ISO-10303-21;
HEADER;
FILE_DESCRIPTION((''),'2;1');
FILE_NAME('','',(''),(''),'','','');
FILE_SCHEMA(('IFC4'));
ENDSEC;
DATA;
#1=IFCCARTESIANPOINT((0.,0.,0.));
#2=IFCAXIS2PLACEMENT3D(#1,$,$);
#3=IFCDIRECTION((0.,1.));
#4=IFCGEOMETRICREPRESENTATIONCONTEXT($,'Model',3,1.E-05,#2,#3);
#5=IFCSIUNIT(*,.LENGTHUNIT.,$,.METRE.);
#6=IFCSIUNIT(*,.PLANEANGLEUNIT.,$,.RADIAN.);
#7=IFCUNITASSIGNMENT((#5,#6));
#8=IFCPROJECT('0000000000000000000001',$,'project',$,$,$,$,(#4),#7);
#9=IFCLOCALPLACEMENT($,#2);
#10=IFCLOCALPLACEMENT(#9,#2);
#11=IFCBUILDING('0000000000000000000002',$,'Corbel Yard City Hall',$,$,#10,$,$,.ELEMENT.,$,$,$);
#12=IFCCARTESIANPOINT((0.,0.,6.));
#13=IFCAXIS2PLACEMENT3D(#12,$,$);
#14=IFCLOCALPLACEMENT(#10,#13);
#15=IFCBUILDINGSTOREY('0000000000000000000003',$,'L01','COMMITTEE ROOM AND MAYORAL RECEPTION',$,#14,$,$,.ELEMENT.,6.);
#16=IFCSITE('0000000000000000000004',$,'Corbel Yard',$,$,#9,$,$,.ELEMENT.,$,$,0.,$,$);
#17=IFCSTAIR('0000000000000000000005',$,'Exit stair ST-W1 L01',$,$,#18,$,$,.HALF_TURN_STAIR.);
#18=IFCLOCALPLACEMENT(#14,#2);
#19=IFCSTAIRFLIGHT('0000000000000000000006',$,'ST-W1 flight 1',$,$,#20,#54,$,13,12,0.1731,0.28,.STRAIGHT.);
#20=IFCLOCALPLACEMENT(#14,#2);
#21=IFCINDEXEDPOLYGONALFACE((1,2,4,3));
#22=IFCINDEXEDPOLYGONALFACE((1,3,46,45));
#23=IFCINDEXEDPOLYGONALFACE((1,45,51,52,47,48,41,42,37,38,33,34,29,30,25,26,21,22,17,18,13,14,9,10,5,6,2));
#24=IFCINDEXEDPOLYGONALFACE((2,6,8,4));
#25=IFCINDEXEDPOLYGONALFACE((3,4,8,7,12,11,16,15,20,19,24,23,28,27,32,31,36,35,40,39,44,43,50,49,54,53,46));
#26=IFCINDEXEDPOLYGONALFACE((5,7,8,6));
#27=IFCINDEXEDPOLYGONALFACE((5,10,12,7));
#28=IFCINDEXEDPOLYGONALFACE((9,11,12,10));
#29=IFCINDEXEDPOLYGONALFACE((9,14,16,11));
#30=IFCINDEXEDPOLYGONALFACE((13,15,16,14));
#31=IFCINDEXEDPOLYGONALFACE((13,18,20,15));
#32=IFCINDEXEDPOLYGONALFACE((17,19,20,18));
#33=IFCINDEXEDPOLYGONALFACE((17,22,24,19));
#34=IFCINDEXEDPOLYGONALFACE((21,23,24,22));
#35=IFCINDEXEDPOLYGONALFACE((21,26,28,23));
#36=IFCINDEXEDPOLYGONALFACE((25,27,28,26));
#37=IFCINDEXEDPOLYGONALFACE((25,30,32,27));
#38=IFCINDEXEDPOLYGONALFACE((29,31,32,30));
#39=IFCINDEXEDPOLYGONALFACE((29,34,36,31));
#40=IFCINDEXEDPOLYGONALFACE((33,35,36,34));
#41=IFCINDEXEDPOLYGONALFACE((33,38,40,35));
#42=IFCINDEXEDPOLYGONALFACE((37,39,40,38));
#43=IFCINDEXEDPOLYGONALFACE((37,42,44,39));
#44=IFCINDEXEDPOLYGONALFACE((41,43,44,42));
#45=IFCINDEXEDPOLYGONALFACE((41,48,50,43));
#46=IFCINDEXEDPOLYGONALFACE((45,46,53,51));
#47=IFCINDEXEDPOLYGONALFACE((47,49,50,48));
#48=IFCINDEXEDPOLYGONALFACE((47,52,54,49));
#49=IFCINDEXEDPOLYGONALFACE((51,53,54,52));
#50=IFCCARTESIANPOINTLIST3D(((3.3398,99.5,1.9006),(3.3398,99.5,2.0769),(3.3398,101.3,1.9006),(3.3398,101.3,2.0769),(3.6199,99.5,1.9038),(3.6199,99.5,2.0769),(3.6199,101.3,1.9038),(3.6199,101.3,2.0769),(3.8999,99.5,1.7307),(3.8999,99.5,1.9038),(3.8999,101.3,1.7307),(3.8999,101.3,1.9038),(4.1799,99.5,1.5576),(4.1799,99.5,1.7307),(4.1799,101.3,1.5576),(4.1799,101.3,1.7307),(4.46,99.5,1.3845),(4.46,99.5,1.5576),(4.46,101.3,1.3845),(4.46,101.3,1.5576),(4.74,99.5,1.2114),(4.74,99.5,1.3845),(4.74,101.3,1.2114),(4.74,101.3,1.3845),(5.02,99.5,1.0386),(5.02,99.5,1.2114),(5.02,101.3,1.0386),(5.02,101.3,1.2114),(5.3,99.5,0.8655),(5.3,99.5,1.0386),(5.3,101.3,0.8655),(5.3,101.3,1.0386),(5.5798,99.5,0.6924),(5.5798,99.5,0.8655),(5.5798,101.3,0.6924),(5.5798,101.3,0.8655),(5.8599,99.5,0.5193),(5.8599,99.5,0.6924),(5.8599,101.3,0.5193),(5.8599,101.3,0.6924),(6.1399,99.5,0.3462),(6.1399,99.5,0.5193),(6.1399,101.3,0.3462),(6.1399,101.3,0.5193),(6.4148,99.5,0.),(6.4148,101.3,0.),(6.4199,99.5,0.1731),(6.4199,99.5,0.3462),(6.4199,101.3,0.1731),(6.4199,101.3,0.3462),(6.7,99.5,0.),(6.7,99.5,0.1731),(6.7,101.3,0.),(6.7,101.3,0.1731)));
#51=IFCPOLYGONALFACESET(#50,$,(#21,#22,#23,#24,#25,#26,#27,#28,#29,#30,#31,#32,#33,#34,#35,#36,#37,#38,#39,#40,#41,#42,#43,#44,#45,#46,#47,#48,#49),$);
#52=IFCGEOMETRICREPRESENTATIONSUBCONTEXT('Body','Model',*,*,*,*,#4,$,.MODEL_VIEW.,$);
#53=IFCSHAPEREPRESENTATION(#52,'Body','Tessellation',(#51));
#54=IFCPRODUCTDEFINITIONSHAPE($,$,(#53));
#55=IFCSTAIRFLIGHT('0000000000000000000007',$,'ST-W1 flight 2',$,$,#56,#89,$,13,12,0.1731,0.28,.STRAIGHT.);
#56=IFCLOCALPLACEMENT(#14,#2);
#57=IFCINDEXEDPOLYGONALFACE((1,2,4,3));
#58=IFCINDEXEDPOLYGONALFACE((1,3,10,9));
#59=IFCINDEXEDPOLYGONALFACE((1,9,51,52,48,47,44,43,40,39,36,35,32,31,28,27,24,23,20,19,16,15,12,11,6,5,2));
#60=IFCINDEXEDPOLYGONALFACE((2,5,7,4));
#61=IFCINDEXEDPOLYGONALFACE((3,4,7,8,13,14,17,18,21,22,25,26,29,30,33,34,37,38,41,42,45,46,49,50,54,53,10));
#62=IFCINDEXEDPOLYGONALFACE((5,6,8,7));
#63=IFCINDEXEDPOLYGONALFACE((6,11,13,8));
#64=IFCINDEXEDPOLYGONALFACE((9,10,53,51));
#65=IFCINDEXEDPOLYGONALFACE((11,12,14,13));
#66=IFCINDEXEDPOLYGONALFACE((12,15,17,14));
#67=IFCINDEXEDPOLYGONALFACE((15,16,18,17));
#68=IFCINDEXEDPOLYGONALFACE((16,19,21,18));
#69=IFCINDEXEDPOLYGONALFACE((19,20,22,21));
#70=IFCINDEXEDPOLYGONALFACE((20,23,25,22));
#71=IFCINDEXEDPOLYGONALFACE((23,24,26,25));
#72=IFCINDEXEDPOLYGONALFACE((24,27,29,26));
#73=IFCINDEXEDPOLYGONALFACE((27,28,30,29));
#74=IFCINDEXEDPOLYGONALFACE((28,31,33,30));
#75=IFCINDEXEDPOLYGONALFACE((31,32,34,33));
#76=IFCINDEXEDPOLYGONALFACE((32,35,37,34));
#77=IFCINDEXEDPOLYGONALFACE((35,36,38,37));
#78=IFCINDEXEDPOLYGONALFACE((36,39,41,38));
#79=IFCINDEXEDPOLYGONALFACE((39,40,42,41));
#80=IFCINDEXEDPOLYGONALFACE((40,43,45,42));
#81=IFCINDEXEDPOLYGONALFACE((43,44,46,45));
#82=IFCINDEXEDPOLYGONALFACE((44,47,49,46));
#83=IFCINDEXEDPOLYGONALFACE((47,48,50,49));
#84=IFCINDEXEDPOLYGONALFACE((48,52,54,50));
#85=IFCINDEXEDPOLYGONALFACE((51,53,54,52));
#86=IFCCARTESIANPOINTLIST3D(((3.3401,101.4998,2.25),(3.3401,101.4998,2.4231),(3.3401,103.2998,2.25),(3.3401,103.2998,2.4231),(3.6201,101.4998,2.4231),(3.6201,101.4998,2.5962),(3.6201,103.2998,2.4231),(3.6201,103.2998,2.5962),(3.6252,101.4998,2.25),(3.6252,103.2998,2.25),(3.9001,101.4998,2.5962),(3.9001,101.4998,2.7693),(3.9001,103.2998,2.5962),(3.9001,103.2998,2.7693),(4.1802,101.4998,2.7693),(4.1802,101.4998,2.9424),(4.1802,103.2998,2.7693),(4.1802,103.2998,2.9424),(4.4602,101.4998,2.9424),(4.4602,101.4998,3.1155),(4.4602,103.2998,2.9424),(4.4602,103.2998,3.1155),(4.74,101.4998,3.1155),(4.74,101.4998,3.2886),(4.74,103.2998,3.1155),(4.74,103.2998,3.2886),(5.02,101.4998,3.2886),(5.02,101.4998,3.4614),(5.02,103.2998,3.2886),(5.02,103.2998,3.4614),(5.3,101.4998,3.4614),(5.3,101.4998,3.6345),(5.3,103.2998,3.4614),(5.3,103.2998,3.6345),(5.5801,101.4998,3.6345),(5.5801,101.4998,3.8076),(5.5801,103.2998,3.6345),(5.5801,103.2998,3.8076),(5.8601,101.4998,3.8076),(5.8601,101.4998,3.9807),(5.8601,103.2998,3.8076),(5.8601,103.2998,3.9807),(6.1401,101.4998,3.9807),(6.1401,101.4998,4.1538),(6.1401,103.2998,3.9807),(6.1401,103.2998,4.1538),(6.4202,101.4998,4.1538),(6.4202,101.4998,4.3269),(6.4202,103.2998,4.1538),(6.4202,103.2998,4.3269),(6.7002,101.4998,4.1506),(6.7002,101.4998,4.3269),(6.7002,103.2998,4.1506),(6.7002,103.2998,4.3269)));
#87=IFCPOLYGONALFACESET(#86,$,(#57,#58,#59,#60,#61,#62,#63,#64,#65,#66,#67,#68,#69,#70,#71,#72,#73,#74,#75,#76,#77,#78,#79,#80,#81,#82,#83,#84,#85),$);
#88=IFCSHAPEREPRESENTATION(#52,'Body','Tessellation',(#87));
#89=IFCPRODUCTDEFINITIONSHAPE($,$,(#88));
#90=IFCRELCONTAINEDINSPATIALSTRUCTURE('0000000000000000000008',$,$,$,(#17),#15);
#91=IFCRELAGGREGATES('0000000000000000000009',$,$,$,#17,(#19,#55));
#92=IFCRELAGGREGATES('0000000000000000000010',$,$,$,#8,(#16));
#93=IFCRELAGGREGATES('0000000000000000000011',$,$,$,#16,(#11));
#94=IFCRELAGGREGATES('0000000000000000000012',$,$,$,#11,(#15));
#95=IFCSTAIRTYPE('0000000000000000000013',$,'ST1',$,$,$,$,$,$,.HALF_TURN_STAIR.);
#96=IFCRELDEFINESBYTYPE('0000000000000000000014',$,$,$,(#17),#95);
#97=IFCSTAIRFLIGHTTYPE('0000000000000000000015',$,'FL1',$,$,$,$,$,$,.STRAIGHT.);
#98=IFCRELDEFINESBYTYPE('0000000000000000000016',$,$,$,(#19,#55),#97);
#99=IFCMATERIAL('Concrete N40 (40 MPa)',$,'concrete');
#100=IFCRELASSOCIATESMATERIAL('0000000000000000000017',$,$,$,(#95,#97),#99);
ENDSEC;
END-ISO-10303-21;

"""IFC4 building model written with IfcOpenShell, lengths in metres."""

from ifc_helpers import new_model, si_unit, direction, frame, origin, place, context, subcontext, project, spatial, polyline, outline, extrude, material, type_object, element, aggregate, save


model = new_model("IFC4")

# Units and contexts
model_context = context("Model", 3, precision=1e-05, world=origin(), true_north=direction((0.0, 1.0)))
body_context = subcontext(model_context, "Body", "Model", "MODEL_VIEW")
ifc_project = project(units=[si_unit("LENGTHUNIT", "METRE"), si_unit("PLANEANGLEUNIT", "RADIAN")], contexts=[model_context])

# Site, building, storey
site_placement = place(None, origin())
site = spatial("IfcSite", under=ifc_project, at=site_placement, Name="Corbel Yard", CompositionType="ELEMENT", RefElevation=0.0)
building_placement = place(site_placement, origin())
building = spatial("IfcBuilding", under=site, at=building_placement, Name="Corbel Yard City Hall", CompositionType="ELEMENT")
storey_placement = place(building_placement, frame((0.0, 0.0, 6.0)))
storey = spatial("IfcBuildingStorey", under=building, at=storey_placement, Name="L01", Description="COMMITTEE ROOM AND MAYORAL RECEPTION", CompositionType="ELEMENT", Elevation=6.0)

# Shared definitions
ifc_material_1 = material(Name="Concrete N40 (40 MPa)", Category="concrete")

# Stair, stair flights
stair_type = type_object("IfcStairType", Name="ST1", PredefinedType="HALF_TURN_STAIR", material=ifc_material_1)
stair_placement = place(storey_placement, origin())
stair = element("IfcStair", 1, at=stair_placement, inside=storey, type_object=stair_type, Name="Exit stair ST-W1 L01", PredefinedType="HALF_TURN_STAIR")
stair_flight_type = type_object("IfcStairFlightType", Name="FL1", PredefinedType="STRAIGHT", material=ifc_material_1)
stair_flight_1_placement = place(storey_placement, frame((6.7, 100.3999, 0.0), z_axis=(0.0, 0.0, 1.0), x_axis=(-1.0, 0.0, 0.0)))
stair_flight_1 = element("IfcStairFlight", 2, at=stair_flight_1_placement, type_object=stair_flight_type, Name="ST-W1 flight 1", NumberOfRisers=13, NumberOfTreads=12, PredefinedType="STRAIGHT", RiserHeight=0.1731, TreadLength=0.28, context=body_context, shape_type="SweptSolid", body=[
    extrude(outline(polyline([(0.0, 0.0), (0.0, 0.1731), (0.28, 0.1731), (0.28, 0.3462), (0.5601, 0.3462), (0.5601, 0.5193), (0.8401, 0.5193), (0.8401, 0.6924), (1.1201, 0.6924), (1.1201, 0.8655), (1.3999, 0.8655), (1.3999, 1.0386), (1.6799, 1.0386), (1.6799, 1.2114), (1.96, 1.2114), (1.96, 1.3845), (2.24, 1.3845), (2.24, 1.5576), (2.52, 1.5576), (2.52, 1.7307), (2.8, 1.7307), (2.8, 1.9038), (3.0801, 1.9038), (3.0801, 2.0769), (3.3601, 2.0769), (3.3601, 2.25), (3.3601, 1.9006), (0.2852, 0.0), (0.0, 0.0)])), frame((0.0, 0.8999, 0.0), z_axis=(0.0, -1.0, 0.0), x_axis=(1.0, 0.0, 0.0)), (0.0, 0.0, 1.0), 1.8),
])
stair_flight_2_placement = place(storey_placement, frame((3.3401, 102.3999, 2.25), z_axis=(0.0, 0.0, 1.0), x_axis=(1.0, 0.0, 0.0)))
stair_flight_2 = element("IfcStairFlight", 3, at=stair_flight_2_placement, type_object=stair_flight_type, Name="ST-W1 flight 2", NumberOfRisers=13, NumberOfTreads=12, PredefinedType="STRAIGHT", RiserHeight=0.1731, TreadLength=0.28, context=body_context, shape_type="SweptSolid", body=[
    extrude(outline(polyline([(0.0, 0.0), (0.0, 0.1731), (0.28, 0.1731), (0.28, 0.3462), (0.5601, 0.3462), (0.5601, 0.5193), (0.8401, 0.5193), (0.8401, 0.6924), (1.1201, 0.6924), (1.1201, 0.8655), (1.3999, 0.8655), (1.3999, 1.0386), (1.6799, 1.0386), (1.6799, 1.2114), (1.96, 1.2114), (1.96, 1.3845), (2.24, 1.3845), (2.24, 1.5576), (2.52, 1.5576), (2.52, 1.7307), (2.8, 1.7307), (2.8, 1.9038), (3.0801, 1.9038), (3.0801, 2.0769), (3.3601, 2.0769), (3.3601, 2.25), (3.3601, 1.9006), (0.2852, 0.0), (0.0, 0.0)])), frame((0.0, 0.8999, 0.0), z_axis=(0.0, -1.0, 0.0), x_axis=(1.0, 0.0, 0.0)), (0.0, 0.0, 1.0), 1.8),
])
aggregate(stair, [stair_flight_1, stair_flight_2])

save(model, "model.ifc")
